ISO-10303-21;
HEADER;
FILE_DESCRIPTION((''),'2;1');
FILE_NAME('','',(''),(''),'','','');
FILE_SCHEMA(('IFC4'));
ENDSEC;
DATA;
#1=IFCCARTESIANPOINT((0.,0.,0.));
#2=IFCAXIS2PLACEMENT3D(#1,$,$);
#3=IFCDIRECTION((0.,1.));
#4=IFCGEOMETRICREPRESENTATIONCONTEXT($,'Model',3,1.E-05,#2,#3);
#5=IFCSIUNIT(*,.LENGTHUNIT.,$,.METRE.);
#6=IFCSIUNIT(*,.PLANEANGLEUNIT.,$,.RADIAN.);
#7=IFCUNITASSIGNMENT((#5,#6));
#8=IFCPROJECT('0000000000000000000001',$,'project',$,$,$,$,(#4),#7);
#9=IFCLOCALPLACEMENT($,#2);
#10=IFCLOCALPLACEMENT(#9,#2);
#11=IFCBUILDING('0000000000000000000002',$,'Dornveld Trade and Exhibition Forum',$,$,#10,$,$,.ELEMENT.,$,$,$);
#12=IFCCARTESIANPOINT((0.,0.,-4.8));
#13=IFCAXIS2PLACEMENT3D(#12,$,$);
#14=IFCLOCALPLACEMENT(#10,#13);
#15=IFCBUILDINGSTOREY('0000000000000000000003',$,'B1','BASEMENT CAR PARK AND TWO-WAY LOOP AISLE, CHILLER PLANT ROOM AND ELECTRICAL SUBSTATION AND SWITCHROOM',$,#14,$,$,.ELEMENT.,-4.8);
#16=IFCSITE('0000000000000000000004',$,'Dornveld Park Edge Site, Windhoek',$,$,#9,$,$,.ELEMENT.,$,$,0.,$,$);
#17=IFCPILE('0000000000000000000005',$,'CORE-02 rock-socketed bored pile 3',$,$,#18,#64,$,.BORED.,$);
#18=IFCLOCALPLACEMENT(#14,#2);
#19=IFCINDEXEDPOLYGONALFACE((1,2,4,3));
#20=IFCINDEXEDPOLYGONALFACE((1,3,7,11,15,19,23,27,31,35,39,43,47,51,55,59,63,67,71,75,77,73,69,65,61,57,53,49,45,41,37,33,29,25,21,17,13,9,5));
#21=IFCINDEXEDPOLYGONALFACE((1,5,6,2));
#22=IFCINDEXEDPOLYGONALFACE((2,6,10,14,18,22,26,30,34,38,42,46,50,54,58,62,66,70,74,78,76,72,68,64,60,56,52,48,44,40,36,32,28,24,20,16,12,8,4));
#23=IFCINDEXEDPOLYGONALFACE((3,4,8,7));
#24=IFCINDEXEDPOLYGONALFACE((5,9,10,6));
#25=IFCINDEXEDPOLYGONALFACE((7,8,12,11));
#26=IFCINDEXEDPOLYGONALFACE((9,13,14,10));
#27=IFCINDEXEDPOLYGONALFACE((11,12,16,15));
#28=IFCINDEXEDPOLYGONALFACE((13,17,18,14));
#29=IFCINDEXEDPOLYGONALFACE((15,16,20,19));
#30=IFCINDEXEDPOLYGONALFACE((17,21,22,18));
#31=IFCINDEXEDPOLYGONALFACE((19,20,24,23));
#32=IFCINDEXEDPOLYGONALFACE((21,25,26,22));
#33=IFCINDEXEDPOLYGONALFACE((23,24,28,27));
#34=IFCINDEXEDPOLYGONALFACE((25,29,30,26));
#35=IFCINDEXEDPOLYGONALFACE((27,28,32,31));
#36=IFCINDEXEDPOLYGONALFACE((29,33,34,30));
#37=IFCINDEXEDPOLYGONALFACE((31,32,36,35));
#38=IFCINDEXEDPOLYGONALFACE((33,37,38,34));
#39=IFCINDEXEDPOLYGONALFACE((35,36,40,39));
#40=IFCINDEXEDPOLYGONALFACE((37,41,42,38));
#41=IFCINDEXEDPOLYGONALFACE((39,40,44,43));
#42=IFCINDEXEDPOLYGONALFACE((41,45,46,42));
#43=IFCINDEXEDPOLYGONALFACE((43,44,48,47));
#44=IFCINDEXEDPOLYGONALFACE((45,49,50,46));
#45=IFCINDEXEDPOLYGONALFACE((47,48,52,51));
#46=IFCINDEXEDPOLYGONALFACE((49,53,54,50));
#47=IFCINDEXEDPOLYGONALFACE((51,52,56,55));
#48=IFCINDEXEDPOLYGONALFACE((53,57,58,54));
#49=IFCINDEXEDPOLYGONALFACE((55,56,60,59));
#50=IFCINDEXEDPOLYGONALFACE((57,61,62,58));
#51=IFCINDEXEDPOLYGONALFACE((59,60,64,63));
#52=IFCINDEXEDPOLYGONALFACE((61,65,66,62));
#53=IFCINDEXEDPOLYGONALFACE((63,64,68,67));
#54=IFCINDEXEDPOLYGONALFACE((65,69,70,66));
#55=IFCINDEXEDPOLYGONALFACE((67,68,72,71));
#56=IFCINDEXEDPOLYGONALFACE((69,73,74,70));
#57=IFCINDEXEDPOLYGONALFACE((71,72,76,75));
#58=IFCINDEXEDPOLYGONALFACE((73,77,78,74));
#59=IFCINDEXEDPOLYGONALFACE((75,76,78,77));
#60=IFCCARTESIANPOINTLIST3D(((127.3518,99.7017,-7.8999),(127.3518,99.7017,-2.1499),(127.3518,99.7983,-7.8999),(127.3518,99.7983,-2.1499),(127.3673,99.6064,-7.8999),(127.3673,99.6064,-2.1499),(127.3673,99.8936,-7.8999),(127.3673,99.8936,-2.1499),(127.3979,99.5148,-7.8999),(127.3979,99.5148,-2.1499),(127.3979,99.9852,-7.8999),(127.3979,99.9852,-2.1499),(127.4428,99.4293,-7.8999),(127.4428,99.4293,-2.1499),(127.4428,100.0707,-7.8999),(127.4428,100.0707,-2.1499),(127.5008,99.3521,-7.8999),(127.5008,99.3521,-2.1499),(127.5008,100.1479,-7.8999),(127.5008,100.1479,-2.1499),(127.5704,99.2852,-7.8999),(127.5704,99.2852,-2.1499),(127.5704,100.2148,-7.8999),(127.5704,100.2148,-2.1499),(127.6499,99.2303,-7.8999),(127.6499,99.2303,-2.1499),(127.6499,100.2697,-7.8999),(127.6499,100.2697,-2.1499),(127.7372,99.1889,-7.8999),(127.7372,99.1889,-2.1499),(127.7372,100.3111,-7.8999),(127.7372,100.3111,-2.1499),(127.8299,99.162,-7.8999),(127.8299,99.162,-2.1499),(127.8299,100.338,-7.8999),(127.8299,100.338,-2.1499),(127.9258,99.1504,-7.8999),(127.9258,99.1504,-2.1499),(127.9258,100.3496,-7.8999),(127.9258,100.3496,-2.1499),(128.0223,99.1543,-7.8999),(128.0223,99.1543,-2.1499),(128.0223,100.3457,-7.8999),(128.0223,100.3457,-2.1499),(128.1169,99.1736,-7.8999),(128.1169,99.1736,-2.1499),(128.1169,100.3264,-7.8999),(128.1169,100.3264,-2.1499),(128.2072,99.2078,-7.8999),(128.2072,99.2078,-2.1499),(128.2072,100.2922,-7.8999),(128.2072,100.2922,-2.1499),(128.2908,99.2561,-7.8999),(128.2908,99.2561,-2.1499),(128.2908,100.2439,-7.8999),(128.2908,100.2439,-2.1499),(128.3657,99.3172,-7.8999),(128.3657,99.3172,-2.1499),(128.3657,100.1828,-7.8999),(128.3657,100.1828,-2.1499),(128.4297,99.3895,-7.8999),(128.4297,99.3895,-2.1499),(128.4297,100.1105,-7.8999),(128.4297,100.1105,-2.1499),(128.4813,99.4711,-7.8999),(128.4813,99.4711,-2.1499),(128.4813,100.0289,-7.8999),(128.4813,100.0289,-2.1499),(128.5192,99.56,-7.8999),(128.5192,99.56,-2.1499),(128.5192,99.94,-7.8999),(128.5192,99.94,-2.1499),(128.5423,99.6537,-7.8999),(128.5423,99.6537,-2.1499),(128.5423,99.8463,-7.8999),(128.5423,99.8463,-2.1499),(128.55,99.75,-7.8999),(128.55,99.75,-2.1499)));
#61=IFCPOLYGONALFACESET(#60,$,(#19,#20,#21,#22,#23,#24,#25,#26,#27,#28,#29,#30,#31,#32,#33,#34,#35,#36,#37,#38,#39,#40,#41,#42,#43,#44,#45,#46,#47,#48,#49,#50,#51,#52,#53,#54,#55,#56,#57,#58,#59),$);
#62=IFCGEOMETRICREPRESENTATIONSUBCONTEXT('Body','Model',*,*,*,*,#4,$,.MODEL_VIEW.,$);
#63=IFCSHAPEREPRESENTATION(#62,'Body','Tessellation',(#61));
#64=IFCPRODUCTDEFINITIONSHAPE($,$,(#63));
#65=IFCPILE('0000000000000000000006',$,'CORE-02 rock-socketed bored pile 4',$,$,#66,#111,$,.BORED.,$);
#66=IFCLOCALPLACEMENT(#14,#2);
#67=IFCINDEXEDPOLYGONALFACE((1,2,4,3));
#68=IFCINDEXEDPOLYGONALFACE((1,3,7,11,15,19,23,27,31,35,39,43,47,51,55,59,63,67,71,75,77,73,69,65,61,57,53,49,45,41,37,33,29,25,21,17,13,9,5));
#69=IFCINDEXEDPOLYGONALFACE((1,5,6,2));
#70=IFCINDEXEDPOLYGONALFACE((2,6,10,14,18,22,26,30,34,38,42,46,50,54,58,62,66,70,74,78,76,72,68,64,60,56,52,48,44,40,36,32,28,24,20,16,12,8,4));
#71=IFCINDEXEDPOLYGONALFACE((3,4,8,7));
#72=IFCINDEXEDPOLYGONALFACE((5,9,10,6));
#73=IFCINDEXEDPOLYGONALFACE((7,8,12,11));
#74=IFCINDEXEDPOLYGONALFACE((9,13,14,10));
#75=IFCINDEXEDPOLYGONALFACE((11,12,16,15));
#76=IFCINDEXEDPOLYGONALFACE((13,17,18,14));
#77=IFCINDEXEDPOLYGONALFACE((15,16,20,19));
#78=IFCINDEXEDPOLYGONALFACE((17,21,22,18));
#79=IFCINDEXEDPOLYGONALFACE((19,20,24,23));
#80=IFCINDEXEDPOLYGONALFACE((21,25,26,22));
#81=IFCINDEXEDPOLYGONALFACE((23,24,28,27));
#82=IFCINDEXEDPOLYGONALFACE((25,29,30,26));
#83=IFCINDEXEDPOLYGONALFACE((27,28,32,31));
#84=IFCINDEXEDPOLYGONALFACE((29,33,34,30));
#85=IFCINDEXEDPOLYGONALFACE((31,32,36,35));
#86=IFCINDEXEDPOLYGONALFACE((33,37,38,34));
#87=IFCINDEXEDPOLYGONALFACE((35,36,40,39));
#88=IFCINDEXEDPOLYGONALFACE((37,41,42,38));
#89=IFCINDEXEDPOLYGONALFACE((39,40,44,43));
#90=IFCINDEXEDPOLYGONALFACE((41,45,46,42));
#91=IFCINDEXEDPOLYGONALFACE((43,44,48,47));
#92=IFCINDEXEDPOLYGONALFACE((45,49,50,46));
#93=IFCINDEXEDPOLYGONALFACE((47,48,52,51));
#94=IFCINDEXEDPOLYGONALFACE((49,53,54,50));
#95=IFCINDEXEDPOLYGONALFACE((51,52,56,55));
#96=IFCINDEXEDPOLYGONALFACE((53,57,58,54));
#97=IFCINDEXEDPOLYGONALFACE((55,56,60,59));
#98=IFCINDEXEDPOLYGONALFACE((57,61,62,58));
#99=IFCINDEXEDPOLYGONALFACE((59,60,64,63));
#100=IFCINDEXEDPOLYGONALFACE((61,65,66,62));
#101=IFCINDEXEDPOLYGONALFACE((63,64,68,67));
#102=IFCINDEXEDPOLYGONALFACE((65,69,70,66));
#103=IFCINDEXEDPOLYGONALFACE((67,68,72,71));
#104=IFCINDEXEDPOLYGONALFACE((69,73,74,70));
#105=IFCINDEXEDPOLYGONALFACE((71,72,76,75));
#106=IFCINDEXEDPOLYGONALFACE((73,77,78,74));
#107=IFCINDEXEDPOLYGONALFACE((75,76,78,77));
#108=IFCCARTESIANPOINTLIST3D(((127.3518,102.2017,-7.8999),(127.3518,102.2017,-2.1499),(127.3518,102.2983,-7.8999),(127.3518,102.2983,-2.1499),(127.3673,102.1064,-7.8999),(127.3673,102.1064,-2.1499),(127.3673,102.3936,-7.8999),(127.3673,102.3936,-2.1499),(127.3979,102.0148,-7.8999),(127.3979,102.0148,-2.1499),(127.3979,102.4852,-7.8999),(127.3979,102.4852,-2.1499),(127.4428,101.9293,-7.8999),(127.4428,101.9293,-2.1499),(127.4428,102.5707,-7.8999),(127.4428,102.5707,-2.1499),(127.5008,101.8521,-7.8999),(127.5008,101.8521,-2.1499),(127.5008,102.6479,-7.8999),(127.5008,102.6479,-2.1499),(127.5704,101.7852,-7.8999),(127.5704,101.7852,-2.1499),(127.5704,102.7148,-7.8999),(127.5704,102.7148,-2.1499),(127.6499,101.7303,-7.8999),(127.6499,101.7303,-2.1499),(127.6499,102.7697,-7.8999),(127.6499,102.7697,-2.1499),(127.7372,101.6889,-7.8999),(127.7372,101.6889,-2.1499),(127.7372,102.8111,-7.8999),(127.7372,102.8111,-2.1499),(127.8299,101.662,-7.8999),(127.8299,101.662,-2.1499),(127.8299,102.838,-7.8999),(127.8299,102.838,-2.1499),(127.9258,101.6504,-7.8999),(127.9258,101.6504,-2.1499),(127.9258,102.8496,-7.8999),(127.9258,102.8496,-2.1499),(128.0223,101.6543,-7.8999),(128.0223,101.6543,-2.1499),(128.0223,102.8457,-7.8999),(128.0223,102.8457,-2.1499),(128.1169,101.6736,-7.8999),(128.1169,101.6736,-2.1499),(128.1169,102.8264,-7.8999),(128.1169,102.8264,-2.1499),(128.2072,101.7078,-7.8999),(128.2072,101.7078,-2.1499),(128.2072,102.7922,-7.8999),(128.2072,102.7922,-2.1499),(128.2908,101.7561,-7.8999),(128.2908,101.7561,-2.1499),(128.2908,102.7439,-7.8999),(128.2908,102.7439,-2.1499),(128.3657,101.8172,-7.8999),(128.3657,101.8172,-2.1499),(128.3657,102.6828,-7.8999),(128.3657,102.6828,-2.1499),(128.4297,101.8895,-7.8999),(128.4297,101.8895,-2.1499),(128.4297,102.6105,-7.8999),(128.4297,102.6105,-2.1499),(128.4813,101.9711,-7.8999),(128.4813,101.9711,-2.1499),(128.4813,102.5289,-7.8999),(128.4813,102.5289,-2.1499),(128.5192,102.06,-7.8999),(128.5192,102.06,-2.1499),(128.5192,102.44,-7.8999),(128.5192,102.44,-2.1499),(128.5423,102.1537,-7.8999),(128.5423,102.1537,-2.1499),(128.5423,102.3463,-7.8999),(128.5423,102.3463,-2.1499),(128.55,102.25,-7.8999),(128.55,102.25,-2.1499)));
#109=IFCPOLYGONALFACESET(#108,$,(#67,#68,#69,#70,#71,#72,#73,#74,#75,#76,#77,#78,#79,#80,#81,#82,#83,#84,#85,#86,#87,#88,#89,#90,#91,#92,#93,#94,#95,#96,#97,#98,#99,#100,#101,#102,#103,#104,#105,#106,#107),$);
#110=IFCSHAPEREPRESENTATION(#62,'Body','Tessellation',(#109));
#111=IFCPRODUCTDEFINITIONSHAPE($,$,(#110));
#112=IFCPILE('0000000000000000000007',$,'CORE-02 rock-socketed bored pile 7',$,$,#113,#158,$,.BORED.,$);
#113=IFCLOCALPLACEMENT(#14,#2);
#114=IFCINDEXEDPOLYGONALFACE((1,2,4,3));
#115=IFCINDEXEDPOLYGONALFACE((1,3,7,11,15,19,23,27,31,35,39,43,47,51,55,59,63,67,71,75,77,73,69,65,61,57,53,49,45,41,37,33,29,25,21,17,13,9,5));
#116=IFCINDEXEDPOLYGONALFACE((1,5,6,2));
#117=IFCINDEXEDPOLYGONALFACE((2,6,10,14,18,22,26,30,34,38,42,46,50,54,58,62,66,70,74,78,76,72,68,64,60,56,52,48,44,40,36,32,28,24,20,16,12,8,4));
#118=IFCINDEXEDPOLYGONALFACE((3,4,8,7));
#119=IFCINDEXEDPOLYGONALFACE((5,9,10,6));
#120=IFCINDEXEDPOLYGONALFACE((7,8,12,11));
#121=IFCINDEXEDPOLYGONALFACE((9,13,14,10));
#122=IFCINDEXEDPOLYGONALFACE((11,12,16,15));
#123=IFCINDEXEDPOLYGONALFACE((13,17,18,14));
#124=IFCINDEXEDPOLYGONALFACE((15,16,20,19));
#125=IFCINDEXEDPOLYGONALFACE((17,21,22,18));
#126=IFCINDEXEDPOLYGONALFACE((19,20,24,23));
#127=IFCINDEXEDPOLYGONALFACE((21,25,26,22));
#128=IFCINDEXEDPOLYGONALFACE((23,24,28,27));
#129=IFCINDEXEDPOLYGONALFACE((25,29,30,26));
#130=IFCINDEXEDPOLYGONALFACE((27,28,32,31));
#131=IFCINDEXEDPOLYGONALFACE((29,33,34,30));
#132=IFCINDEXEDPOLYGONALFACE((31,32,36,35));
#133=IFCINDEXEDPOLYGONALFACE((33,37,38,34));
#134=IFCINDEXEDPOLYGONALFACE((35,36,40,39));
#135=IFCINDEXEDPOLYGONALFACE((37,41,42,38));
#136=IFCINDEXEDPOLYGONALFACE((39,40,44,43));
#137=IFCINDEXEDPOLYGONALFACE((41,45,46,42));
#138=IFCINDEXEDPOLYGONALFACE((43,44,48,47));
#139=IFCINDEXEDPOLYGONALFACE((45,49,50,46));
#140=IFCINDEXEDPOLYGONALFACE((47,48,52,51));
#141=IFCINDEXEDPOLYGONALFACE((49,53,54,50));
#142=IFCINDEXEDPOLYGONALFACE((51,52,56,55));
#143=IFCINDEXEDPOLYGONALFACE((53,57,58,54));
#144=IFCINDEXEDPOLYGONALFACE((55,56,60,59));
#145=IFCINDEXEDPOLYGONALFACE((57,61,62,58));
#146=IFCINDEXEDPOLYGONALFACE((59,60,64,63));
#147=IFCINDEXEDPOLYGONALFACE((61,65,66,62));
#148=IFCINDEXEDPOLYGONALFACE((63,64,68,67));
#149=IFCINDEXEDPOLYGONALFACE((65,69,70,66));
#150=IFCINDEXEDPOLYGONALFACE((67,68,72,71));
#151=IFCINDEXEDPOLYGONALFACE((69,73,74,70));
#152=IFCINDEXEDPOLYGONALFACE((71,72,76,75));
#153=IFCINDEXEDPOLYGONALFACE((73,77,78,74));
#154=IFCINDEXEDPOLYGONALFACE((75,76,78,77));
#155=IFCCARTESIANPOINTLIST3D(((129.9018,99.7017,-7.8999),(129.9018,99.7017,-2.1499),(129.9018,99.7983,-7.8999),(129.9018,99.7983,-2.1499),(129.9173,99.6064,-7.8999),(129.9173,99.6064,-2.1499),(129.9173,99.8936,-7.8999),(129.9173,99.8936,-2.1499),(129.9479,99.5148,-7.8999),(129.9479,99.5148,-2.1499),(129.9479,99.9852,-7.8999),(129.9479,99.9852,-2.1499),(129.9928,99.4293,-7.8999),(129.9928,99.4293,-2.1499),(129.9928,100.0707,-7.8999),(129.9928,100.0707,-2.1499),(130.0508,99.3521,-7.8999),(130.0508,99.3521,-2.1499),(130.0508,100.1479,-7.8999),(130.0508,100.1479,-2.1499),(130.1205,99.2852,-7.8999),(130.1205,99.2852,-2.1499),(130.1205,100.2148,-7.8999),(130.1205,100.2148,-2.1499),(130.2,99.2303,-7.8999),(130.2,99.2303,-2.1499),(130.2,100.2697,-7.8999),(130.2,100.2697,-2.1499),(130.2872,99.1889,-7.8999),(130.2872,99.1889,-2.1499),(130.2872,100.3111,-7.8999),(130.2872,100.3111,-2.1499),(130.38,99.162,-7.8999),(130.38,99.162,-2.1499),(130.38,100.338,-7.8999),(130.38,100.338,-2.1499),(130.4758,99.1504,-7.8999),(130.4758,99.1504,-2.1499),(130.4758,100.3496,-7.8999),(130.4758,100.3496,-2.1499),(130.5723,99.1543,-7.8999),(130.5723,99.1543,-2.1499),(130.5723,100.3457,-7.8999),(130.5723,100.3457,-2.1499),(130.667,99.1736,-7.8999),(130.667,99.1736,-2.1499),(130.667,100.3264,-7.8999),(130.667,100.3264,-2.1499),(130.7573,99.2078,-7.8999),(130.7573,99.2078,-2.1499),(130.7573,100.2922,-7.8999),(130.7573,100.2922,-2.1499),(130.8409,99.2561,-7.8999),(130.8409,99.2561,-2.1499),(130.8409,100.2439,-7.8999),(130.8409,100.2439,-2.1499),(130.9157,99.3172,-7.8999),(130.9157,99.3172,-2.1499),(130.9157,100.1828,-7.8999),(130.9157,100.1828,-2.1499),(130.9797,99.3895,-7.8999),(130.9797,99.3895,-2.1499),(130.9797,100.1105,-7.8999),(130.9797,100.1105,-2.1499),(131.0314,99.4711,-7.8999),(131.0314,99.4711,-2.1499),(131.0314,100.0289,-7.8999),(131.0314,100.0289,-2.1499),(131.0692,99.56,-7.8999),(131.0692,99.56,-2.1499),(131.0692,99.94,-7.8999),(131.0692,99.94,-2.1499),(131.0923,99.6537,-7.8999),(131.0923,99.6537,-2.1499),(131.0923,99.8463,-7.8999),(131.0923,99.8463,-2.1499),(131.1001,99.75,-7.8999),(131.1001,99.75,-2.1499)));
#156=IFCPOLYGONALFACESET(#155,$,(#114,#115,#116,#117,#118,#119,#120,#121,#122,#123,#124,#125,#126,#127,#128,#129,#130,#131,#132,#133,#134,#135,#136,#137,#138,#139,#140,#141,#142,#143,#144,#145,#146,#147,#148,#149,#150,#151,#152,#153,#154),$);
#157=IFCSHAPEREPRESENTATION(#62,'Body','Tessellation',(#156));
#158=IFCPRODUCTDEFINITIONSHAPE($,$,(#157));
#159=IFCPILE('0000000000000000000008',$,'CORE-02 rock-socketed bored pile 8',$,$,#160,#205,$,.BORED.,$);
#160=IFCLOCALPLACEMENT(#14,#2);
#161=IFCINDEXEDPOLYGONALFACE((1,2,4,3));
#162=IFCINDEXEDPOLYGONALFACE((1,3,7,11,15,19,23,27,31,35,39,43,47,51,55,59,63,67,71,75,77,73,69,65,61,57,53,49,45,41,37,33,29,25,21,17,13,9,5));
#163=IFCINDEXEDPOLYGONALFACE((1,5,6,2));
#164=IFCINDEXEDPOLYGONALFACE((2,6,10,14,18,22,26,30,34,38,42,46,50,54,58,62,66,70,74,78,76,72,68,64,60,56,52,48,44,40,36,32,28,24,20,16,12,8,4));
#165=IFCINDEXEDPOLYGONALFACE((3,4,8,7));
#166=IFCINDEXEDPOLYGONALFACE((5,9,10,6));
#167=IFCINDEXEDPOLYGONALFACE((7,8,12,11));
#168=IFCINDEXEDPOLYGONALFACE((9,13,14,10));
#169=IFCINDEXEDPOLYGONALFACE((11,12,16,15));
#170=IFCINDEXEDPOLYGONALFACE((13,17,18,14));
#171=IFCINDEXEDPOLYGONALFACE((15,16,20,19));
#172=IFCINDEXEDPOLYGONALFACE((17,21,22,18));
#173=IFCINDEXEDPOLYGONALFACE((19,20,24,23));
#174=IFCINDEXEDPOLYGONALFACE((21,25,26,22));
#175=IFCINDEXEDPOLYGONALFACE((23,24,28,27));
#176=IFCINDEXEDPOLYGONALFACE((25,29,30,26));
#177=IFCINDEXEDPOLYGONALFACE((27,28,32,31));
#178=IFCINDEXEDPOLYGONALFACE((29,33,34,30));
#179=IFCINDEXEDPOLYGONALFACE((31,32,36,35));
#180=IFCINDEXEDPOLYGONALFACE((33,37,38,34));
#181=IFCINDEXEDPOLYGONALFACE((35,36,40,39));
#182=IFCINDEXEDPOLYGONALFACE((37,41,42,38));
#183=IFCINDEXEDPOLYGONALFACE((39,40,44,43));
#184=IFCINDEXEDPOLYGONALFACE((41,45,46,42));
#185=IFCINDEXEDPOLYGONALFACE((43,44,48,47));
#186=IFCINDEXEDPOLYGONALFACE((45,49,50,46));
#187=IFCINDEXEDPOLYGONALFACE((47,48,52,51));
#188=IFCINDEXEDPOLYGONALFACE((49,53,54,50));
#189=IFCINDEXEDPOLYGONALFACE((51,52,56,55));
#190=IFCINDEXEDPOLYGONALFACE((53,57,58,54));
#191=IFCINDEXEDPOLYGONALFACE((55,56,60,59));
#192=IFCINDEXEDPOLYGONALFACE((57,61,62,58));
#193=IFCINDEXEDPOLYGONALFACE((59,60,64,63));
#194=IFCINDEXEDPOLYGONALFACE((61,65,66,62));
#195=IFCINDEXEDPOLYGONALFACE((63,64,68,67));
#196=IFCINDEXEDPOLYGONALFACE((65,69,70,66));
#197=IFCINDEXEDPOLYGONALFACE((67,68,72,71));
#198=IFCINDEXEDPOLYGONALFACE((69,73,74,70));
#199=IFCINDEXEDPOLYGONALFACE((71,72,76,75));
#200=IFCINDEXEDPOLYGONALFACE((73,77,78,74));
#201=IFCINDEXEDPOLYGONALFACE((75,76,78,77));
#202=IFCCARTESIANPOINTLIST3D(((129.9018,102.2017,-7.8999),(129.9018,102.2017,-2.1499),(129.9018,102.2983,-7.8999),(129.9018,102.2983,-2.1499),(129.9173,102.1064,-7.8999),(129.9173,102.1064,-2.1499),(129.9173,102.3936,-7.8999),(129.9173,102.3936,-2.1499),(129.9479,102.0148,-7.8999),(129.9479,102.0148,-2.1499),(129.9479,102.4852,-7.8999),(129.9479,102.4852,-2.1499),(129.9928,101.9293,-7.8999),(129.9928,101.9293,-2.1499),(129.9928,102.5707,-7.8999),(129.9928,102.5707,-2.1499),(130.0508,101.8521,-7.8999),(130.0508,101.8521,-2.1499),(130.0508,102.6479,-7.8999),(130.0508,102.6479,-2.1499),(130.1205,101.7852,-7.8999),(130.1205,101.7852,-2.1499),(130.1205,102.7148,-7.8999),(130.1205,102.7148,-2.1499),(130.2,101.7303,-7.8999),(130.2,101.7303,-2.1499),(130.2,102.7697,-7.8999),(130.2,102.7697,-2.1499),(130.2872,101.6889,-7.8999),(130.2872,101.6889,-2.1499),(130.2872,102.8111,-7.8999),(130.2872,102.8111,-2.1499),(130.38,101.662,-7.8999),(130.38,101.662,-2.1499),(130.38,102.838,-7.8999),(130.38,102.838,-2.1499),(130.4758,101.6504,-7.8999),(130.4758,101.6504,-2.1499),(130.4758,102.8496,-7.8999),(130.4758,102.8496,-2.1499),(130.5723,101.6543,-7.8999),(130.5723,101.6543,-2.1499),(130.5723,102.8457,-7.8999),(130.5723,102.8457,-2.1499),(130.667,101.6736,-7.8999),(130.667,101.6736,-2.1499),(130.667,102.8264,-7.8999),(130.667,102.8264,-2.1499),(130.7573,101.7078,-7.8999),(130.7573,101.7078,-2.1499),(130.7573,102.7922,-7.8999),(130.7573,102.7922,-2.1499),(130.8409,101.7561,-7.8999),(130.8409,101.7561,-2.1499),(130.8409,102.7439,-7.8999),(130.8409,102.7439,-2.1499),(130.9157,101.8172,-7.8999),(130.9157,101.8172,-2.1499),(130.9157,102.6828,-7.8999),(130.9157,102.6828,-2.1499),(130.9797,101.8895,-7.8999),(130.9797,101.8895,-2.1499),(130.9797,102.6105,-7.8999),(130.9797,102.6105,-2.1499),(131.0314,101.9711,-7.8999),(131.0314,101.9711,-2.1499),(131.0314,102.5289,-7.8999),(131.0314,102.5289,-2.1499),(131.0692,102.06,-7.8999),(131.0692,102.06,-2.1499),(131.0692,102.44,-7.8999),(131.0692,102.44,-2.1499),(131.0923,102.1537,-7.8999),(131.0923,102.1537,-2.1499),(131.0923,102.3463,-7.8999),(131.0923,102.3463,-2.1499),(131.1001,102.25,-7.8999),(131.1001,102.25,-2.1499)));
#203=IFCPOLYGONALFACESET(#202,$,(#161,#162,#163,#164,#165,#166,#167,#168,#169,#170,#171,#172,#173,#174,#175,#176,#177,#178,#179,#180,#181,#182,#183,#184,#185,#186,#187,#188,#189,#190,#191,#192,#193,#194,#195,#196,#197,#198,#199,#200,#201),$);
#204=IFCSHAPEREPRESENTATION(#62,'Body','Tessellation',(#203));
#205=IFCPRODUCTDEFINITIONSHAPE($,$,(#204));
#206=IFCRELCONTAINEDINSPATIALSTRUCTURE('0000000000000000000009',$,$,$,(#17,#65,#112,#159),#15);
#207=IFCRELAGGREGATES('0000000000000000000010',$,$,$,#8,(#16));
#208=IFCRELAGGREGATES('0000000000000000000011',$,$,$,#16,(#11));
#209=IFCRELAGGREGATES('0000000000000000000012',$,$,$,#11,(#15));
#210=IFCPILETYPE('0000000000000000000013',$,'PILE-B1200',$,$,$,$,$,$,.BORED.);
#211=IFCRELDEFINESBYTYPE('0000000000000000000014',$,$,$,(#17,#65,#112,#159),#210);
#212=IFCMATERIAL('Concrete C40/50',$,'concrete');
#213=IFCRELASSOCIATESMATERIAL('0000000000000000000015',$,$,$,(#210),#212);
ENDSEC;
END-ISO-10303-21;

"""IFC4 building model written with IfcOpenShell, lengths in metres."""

from ifc_helpers import new_model, si_unit, direction, frame, origin, origin_2d, place, context, subcontext, project, spatial, circle, extrude, material, material_profile, profile_set, type_object, element, save


model = new_model("IFC4")

# Units and contexts
model_context = context("Model", 3, precision=1e-05, world=origin(), true_north=direction((0.0, 1.0)))
body_context = subcontext(model_context, "Body", "Model", "MODEL_VIEW")
ifc_project = project(units=[si_unit("LENGTHUNIT", "METRE"), si_unit("PLANEANGLEUNIT", "RADIAN")], contexts=[model_context])

# Site, building, storey
site_placement = place(None, origin())
site = spatial("IfcSite", under=ifc_project, at=site_placement, Name="Dornveld Park Edge Site, Windhoek", CompositionType="ELEMENT", RefElevation=0.0)
building_placement = place(site_placement, origin())
building = spatial("IfcBuilding", under=site, at=building_placement, Name="Dornveld Trade and Exhibition Forum", CompositionType="ELEMENT")
storey_placement = place(building_placement, frame((0.0, 0.0, -4.8)))
storey = spatial("IfcBuildingStorey", under=building, at=storey_placement, Name="B1", Description="BASEMENT CAR PARK AND TWO-WAY LOOP AISLE, CHILLER PLANT ROOM AND ELECTRICAL SUBSTATION AND SWITCHROOM", CompositionType="ELEMENT", Elevation=-4.8)

# Piles
ifc_material_1 = material(Name="Concrete C40/50", Category="concrete")
ifc_material_profile_1 = material_profile(ifc_material_1, circle(Radius=0.6001, at=origin_2d()), Name="PILE D1200")
ifc_profile_set_1 = profile_set([ifc_material_profile_1], Name="Concrete C40/50")
pile_type_1 = type_object("IfcPileType", Name="PILE-B1200", PredefinedType="BORED", material=ifc_profile_set_1)
for number, where, z_axis, x_axis, name in (
    (1, (127.95, 99.75, -2.1499), (0.0, 0.0, -1.0), (1.0, 0.0, 0.0), "CORE-02 rock-socketed bored pile 3"),
    (2, (127.95, 102.25, -2.1499), (0.0, 0.0, -1.0), (1.0, 0.0, 0.0), "CORE-02 rock-socketed bored pile 4"),
    (3, (130.5, 99.75, -2.1499), (0.0, 0.0, -1.0), (1.0, 0.0, 0.0), "CORE-02 rock-socketed bored pile 7"),
    (4, (130.5, 102.25, -2.1499), (0.0, 0.0, -1.0), (1.0, 0.0, 0.0), "CORE-02 rock-socketed bored pile 8"),
):
    element("IfcPile", number, at=place(storey_placement, frame(where, z_axis=z_axis, x_axis=x_axis)), inside=storey, type_object=pile_type_1, Name=name, PredefinedType="BORED", context=body_context, shape_type="SweptSolid", body=[
        extrude(circle(Radius=0.6001, at=origin_2d()), origin(), (0.0, 0.0, 1.0), 5.75),
    ])

save(model, "model.ifc")
